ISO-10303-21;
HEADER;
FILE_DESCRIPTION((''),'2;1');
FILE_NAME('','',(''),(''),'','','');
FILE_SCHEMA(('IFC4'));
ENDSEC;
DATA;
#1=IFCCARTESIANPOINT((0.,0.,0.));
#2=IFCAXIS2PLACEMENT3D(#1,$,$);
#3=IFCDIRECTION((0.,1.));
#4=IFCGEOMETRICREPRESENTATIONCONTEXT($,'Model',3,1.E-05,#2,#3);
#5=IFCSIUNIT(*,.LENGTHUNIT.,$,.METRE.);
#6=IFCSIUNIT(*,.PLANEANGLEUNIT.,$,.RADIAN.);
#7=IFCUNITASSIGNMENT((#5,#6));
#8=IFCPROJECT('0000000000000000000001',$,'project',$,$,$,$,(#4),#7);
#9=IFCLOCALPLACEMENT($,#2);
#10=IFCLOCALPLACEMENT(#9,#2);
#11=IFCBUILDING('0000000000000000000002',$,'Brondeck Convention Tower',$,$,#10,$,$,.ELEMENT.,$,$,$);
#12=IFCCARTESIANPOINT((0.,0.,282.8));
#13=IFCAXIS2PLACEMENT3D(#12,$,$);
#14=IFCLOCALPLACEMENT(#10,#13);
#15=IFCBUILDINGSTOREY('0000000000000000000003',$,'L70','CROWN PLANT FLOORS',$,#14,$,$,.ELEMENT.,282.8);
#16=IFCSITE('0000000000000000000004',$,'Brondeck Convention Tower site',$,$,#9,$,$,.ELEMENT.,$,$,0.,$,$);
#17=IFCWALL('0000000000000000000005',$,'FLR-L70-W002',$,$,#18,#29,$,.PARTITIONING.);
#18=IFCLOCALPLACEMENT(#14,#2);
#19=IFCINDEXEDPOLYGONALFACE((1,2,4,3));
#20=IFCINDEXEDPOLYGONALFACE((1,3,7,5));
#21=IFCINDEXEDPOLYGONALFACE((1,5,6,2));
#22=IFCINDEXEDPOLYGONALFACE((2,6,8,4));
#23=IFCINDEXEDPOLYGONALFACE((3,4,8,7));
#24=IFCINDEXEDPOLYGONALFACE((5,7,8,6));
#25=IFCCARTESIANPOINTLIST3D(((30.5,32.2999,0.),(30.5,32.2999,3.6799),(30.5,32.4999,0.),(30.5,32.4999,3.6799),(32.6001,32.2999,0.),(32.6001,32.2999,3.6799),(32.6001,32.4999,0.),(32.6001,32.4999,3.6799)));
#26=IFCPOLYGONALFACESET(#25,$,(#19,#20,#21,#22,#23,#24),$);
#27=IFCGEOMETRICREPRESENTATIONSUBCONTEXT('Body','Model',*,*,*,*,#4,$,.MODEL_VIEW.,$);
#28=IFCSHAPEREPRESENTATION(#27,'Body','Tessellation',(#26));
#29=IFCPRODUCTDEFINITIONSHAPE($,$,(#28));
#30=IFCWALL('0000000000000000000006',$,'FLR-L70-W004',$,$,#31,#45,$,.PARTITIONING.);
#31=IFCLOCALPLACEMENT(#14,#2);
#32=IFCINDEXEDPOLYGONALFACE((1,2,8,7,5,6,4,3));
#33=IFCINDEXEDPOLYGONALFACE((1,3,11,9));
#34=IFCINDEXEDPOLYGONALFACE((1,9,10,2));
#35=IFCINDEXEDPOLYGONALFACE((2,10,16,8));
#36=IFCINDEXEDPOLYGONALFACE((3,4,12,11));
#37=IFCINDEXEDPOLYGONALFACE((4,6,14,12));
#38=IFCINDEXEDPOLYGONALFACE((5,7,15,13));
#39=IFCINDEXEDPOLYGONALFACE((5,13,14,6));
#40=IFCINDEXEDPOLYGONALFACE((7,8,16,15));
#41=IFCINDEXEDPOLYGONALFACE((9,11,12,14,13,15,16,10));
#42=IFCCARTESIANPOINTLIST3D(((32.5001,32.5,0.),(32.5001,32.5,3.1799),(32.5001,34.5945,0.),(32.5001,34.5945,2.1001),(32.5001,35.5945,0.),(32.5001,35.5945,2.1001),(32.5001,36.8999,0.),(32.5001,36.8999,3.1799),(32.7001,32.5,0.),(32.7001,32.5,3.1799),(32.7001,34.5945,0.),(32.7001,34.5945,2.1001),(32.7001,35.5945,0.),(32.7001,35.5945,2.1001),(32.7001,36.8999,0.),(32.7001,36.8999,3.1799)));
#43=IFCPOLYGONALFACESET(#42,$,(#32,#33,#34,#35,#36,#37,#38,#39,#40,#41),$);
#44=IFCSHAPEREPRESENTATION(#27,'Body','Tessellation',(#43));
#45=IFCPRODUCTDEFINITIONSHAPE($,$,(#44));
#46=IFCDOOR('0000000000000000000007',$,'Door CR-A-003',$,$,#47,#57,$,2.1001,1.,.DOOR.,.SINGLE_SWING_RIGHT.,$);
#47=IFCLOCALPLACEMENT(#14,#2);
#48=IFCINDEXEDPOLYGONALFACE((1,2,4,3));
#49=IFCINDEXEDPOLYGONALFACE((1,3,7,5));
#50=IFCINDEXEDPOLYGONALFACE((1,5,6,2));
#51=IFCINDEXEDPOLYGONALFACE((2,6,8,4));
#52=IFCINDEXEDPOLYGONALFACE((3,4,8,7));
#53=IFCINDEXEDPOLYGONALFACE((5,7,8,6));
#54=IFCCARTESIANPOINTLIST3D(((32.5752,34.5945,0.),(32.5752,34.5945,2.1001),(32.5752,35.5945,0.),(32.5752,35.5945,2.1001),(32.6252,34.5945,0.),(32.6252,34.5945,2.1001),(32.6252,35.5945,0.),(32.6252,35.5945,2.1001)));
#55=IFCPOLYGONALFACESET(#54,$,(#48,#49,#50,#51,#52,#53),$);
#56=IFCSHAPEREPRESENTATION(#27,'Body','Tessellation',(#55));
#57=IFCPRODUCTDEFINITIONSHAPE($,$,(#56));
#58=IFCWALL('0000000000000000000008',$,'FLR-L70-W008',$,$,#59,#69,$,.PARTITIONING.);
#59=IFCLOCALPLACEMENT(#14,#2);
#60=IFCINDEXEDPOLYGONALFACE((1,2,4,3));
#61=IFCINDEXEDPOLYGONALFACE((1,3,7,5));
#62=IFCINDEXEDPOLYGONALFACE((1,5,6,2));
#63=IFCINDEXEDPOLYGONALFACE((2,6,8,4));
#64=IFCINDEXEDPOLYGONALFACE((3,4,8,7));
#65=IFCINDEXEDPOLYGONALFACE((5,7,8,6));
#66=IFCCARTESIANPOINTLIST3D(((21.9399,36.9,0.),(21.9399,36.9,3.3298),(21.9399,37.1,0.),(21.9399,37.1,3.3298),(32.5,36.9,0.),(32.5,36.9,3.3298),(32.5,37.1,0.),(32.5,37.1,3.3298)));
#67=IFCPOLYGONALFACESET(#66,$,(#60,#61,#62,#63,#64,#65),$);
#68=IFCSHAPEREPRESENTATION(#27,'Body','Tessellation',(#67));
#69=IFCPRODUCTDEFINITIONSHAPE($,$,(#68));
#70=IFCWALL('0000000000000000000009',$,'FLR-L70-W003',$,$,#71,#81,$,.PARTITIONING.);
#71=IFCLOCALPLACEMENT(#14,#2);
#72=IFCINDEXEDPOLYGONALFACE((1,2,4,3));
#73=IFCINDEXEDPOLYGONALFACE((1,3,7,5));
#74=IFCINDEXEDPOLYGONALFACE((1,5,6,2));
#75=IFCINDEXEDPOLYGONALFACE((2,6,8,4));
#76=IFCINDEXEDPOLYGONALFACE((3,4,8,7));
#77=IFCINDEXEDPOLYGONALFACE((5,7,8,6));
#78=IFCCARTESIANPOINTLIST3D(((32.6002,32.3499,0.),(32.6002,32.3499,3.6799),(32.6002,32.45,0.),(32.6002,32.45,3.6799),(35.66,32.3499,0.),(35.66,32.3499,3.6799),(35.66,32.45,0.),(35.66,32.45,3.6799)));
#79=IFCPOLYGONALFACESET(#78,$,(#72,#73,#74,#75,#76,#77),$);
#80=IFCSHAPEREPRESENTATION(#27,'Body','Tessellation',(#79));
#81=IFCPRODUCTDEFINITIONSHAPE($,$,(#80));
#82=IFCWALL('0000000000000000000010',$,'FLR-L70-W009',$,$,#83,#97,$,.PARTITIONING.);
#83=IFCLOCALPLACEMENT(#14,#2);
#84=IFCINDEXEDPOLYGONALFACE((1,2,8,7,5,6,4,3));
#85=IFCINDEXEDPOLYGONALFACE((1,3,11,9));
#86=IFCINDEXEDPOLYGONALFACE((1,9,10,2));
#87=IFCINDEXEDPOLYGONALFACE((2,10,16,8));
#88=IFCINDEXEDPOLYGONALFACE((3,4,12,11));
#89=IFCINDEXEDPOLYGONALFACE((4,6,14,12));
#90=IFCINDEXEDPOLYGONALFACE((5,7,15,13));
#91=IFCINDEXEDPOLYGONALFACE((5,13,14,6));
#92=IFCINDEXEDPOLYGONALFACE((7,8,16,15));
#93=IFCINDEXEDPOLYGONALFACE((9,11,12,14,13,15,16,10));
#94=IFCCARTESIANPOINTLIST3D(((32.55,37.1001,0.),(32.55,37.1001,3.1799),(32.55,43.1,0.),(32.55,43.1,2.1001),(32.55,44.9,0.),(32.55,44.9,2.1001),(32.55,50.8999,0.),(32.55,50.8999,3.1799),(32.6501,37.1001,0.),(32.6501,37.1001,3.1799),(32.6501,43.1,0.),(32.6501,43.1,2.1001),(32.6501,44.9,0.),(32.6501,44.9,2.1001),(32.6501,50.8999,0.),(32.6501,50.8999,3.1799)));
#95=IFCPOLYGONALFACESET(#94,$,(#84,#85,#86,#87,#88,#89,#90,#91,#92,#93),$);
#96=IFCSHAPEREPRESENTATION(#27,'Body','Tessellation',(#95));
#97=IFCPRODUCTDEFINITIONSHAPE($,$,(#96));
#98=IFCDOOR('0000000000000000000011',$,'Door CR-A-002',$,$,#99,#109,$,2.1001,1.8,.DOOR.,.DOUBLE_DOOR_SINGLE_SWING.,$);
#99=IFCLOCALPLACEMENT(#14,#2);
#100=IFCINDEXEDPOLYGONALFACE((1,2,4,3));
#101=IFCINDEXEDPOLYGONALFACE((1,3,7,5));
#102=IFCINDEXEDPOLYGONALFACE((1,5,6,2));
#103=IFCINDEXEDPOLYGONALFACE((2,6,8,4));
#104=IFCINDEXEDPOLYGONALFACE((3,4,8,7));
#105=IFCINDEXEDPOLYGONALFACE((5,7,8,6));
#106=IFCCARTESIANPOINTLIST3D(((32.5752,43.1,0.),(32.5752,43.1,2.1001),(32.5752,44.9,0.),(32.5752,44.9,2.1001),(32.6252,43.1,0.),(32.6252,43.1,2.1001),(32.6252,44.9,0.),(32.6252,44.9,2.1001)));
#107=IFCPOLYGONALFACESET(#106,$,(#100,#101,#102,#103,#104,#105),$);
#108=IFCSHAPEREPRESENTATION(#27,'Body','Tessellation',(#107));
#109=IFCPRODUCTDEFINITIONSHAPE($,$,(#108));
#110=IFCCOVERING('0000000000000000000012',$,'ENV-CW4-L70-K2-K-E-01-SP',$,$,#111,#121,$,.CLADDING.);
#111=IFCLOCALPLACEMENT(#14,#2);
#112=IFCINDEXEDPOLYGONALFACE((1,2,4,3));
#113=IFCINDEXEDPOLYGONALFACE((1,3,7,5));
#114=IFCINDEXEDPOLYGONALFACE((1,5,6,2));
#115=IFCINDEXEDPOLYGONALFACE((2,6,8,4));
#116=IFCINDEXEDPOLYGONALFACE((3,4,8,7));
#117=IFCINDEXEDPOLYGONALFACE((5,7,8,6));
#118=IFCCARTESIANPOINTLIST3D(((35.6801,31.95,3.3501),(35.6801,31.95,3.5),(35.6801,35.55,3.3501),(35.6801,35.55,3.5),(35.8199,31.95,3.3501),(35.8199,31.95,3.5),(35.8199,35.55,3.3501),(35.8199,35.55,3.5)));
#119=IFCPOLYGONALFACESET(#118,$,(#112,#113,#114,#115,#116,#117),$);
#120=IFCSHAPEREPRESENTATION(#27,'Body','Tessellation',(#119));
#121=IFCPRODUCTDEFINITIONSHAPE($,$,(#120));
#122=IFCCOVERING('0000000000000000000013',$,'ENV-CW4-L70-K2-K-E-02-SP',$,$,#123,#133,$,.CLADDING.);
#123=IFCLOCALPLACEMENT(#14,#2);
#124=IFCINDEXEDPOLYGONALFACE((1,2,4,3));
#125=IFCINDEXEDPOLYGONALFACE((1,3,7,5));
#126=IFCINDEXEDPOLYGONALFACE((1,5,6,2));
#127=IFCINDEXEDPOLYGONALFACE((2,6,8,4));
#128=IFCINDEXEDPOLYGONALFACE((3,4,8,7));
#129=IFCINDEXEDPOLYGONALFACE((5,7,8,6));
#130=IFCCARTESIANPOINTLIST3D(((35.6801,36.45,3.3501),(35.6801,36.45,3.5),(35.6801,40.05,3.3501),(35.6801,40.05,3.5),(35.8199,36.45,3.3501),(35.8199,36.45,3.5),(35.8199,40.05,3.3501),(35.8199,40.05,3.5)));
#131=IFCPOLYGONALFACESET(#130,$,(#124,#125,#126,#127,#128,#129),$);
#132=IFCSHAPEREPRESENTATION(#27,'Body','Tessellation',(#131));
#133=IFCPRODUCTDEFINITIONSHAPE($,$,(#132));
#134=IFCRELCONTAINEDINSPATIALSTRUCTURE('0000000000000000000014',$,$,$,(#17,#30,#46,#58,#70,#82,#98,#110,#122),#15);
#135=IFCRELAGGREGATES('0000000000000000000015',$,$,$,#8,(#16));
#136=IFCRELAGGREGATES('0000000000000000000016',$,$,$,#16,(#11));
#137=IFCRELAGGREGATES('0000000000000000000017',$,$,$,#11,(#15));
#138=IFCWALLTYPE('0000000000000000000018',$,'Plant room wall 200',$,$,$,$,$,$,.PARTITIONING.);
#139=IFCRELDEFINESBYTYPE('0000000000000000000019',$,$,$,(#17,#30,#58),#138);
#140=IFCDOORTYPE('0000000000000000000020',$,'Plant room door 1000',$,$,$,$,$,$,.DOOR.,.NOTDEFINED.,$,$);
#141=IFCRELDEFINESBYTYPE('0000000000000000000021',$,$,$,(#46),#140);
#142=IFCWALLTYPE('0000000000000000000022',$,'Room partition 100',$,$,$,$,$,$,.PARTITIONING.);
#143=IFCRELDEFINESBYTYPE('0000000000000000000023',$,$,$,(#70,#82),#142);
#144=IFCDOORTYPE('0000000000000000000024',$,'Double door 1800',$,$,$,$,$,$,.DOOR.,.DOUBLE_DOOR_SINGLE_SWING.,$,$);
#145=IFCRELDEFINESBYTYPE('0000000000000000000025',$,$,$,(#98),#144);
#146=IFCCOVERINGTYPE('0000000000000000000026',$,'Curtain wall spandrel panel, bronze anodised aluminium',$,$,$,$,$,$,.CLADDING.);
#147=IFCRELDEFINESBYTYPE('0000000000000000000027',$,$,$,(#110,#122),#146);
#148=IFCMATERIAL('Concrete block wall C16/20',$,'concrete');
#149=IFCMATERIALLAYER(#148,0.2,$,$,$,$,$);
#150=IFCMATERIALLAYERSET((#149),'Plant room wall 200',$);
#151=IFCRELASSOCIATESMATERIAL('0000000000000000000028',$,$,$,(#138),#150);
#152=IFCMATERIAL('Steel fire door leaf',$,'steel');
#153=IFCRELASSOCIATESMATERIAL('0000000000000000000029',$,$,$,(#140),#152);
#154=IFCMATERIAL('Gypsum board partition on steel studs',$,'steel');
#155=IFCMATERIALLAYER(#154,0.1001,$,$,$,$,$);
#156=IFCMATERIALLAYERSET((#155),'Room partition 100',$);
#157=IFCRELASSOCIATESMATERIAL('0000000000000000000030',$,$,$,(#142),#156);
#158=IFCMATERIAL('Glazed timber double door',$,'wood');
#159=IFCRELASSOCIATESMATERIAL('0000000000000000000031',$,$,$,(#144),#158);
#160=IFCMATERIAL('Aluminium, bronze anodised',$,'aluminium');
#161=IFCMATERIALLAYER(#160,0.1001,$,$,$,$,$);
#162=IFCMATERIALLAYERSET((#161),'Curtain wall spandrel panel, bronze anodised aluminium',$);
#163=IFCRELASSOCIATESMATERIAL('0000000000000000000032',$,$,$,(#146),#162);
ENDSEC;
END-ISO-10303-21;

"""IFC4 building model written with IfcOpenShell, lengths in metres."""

from ifc_helpers import new_model, si_unit, direction, frame, frame_2d, origin, origin_2d, place, context, subcontext, project, spatial, rectangle, extrude, material, layer, layer_set, type_object, element, fill, save


model = new_model("IFC4")

# Units and contexts
model_context = context("Model", 3, precision=1e-05, world=origin(), true_north=direction((0.0, 1.0)))
body_context = subcontext(model_context, "Body", "Model", "MODEL_VIEW")
ifc_project = project(units=[si_unit("LENGTHUNIT", "METRE"), si_unit("PLANEANGLEUNIT", "RADIAN")], contexts=[model_context])

# Site, building, storey
site_placement = place(None, origin())
site = spatial("IfcSite", under=ifc_project, at=site_placement, Name="Brondeck Convention Tower site", CompositionType="ELEMENT", RefElevation=0.0)
building_placement = place(site_placement, origin())
building = spatial("IfcBuilding", under=site, at=building_placement, Name="Brondeck Convention Tower", CompositionType="ELEMENT")
storey_placement = place(building_placement, frame((0.0, 0.0, 282.8)))
storey = spatial("IfcBuildingStorey", under=building, at=storey_placement, Name="L70", Description="CROWN PLANT FLOORS", CompositionType="ELEMENT", Elevation=282.8)

# Shared definitions
ifc_material_1 = material(Name="Aluminium, bronze anodised", Category="aluminium")

# Wall
ifc_material_2 = material(Name="Concrete block wall C16/20", Category="concrete")
ifc_layer_1 = layer(ifc_material_2, 0.2)
ifc_layer_set_1 = layer_set([ifc_layer_1], Name="Plant room wall 200")
wall_type_1 = type_object("IfcWallType", Name="Plant room wall 200", PredefinedType="PARTITIONING", material=ifc_layer_set_1)
wall_1_placement = place(storey_placement, frame((32.6001, 32.3999, 0.0), z_axis=(0.0, 0.0, 1.0), x_axis=(-1.0, 0.0, 0.0)))
element("IfcWall", 1, at=wall_1_placement, inside=storey, type_object=wall_type_1, Name="FLR-L70-W002", PredefinedType="PARTITIONING", context=body_context, shape_type="SweptSolid", body=[
    extrude(rectangle(XDim=2.1001, YDim=0.2, at=frame_2d((1.05, 0.0))), origin(), (0.0, 0.0, 1.0), 3.6799),
])

# Wall, opening, door
wall_2_placement = place(storey_placement, frame((32.6001, 32.5, 0.0), z_axis=(0.0, 0.0, 1.0), x_axis=(0.0, 1.0, 0.0)))
wall_2 = element("IfcWall", 2, at=wall_2_placement, inside=storey, type_object=wall_type_1, Name="FLR-L70-W004", PredefinedType="PARTITIONING", context=body_context, shape_type="SweptSolid", body=[
    extrude(rectangle(XDim=4.3999, YDim=0.2, at=frame_2d((2.2, 0.0))), origin(), (0.0, 0.0, 1.0), 3.1799),
])
opening_1_placement = place(wall_2_placement, frame((2.0945, 0.0, 0.0)))
opening_1 = element("IfcOpeningElement", 3, at=opening_1_placement, cuts=wall_2, PredefinedType="OPENING", context=body_context, shape_type="SweptSolid", body=[
    extrude(rectangle(XDim=1.0, YDim=2.1001, at=frame_2d((0.5, 1.05))), frame((0.0, 0.1099, 0.0), z_axis=(0.0, -1.0, 0.0), x_axis=(1.0, 0.0, 0.0)), (0.0, 0.0, 1.0), 0.22),
])
ifc_material_3 = material(Name="Steel fire door leaf", Category="steel")
door_type_1 = type_object("IfcDoorType", Name="Plant room door 1000", OperationType="NOTDEFINED", PredefinedType="DOOR", material=ifc_material_3)
door_1_placement = place(opening_1_placement, origin())
door_1 = element("IfcDoor", 4, at=door_1_placement, inside=storey, type_object=door_type_1, Name="Door CR-A-003", OperationType="SINGLE_SWING_RIGHT", OverallHeight=2.1001, OverallWidth=1.0, PredefinedType="DOOR", context=body_context, shape_type="SweptSolid", body=[
    extrude(rectangle(XDim=1.0, YDim=2.1001, at=frame_2d((0.5, 1.05))), frame((0.0, 0.0249, 0.0), z_axis=(0.0, -1.0, 0.0), x_axis=(1.0, 0.0, 0.0)), (0.0, 0.0, 1.0), 0.05),
])
fill(opening_1, door_1)

# Walls
wall_3_placement = place(storey_placement, frame((32.5, 37.0, 0.0), z_axis=(0.0, 0.0, 1.0), x_axis=(-1.0, 0.0, 0.0)))
element("IfcWall", 5, at=wall_3_placement, inside=storey, type_object=wall_type_1, Name="FLR-L70-W008", PredefinedType="PARTITIONING", context=body_context, shape_type="SweptSolid", body=[
    extrude(rectangle(XDim=10.5601, YDim=0.2, at=frame_2d((5.28, 0.0))), origin(), (0.0, 0.0, 1.0), 3.3298),
])
ifc_material_4 = material(Name="Gypsum board partition on steel studs", Category="steel")
ifc_layer_2 = layer(ifc_material_4, 0.1001)
ifc_layer_set_2 = layer_set([ifc_layer_2], Name="Room partition 100")
wall_type_2 = type_object("IfcWallType", Name="Room partition 100", PredefinedType="PARTITIONING", material=ifc_layer_set_2)
wall_4_placement = place(storey_placement, frame((35.6599, 32.3999, 0.0), z_axis=(0.0, 0.0, 1.0), x_axis=(-1.0, 0.0, 0.0)))
element("IfcWall", 6, at=wall_4_placement, inside=storey, type_object=wall_type_2, Name="FLR-L70-W003", PredefinedType="PARTITIONING", context=body_context, shape_type="SweptSolid", body=[
    extrude(rectangle(XDim=3.0598, YDim=0.1001, at=frame_2d((1.5298, 0.0))), origin(), (0.0, 0.0, 1.0), 3.6799),
])

# Wall, opening, door
wall_5_placement = place(storey_placement, frame((32.6001, 37.1001, 0.0), z_axis=(0.0, 0.0, 1.0), x_axis=(0.0, 1.0, 0.0)))
wall_5 = element("IfcWall", 7, at=wall_5_placement, inside=storey, type_object=wall_type_2, Name="FLR-L70-W009", PredefinedType="PARTITIONING", context=body_context, shape_type="SweptSolid", body=[
    extrude(rectangle(XDim=13.7998, YDim=0.1001, at=frame_2d((6.8999, 0.0))), origin(), (0.0, 0.0, 1.0), 3.1799),
])
opening_2_placement = place(wall_5_placement, frame((6.0, 0.0, 0.0)))
opening_2 = element("IfcOpeningElement", 8, at=opening_2_placement, cuts=wall_5, PredefinedType="OPENING", context=body_context, shape_type="SweptSolid", body=[
    extrude(rectangle(XDim=1.8, YDim=2.1001, at=frame_2d((0.8999, 1.05))), frame((0.0, 0.0601, 0.0), z_axis=(0.0, -1.0, 0.0), x_axis=(1.0, 0.0, 0.0)), (0.0, 0.0, 1.0), 0.1201),
])
ifc_material_5 = material(Name="Glazed timber double door", Category="wood")
door_type_2 = type_object("IfcDoorType", Name="Double door 1800", OperationType="DOUBLE_DOOR_SINGLE_SWING", PredefinedType="DOOR", material=ifc_material_5)
door_2_placement = place(opening_2_placement, origin())
door_2 = element("IfcDoor", 9, at=door_2_placement, inside=storey, type_object=door_type_2, Name="Door CR-A-002", OperationType="DOUBLE_DOOR_SINGLE_SWING", OverallHeight=2.1001, OverallWidth=1.8, PredefinedType="DOOR", context=body_context, shape_type="SweptSolid", body=[
    extrude(rectangle(XDim=1.8, YDim=2.1001, at=frame_2d((0.8999, 1.05))), frame((0.0, 0.0249, 0.0), z_axis=(0.0, -1.0, 0.0), x_axis=(1.0, 0.0, 0.0)), (0.0, 0.0, 1.0), 0.05),
])
fill(opening_2, door_2)

# Coverings
ifc_layer_3 = layer(ifc_material_1, 0.1001)
ifc_layer_set_3 = layer_set([ifc_layer_3], Name="Curtain wall spandrel panel, bronze anodised aluminium")
covering_type = type_object("IfcCoveringType", Name="Curtain wall spandrel panel, bronze anodised aluminium", PredefinedType="CLADDING", material=ifc_layer_set_3)
for number, where, z_axis, x_axis, name in (
    (10, (35.75, 33.75, 3.3501), (0.0, 0.0, 1.0), (0.0, -1.0, 0.0), "ENV-CW4-L70-K2-K-E-01-SP"),
    (11, (35.75, 38.25, 3.3501), (0.0, 0.0, 1.0), (0.0, -1.0, 0.0), "ENV-CW4-L70-K2-K-E-02-SP"),
):
    element("IfcCovering", number, at=place(storey_placement, frame(where, z_axis=z_axis, x_axis=x_axis)), inside=storey, type_object=covering_type, Name=name, PredefinedType="CLADDING", context=body_context, shape_type="SweptSolid", body=[
        extrude(rectangle(XDim=3.6001, YDim=0.1399, at=origin_2d()), origin(), (0.0, 0.0, 1.0), 0.1499),
    ])

save(model, "model.ifc")
